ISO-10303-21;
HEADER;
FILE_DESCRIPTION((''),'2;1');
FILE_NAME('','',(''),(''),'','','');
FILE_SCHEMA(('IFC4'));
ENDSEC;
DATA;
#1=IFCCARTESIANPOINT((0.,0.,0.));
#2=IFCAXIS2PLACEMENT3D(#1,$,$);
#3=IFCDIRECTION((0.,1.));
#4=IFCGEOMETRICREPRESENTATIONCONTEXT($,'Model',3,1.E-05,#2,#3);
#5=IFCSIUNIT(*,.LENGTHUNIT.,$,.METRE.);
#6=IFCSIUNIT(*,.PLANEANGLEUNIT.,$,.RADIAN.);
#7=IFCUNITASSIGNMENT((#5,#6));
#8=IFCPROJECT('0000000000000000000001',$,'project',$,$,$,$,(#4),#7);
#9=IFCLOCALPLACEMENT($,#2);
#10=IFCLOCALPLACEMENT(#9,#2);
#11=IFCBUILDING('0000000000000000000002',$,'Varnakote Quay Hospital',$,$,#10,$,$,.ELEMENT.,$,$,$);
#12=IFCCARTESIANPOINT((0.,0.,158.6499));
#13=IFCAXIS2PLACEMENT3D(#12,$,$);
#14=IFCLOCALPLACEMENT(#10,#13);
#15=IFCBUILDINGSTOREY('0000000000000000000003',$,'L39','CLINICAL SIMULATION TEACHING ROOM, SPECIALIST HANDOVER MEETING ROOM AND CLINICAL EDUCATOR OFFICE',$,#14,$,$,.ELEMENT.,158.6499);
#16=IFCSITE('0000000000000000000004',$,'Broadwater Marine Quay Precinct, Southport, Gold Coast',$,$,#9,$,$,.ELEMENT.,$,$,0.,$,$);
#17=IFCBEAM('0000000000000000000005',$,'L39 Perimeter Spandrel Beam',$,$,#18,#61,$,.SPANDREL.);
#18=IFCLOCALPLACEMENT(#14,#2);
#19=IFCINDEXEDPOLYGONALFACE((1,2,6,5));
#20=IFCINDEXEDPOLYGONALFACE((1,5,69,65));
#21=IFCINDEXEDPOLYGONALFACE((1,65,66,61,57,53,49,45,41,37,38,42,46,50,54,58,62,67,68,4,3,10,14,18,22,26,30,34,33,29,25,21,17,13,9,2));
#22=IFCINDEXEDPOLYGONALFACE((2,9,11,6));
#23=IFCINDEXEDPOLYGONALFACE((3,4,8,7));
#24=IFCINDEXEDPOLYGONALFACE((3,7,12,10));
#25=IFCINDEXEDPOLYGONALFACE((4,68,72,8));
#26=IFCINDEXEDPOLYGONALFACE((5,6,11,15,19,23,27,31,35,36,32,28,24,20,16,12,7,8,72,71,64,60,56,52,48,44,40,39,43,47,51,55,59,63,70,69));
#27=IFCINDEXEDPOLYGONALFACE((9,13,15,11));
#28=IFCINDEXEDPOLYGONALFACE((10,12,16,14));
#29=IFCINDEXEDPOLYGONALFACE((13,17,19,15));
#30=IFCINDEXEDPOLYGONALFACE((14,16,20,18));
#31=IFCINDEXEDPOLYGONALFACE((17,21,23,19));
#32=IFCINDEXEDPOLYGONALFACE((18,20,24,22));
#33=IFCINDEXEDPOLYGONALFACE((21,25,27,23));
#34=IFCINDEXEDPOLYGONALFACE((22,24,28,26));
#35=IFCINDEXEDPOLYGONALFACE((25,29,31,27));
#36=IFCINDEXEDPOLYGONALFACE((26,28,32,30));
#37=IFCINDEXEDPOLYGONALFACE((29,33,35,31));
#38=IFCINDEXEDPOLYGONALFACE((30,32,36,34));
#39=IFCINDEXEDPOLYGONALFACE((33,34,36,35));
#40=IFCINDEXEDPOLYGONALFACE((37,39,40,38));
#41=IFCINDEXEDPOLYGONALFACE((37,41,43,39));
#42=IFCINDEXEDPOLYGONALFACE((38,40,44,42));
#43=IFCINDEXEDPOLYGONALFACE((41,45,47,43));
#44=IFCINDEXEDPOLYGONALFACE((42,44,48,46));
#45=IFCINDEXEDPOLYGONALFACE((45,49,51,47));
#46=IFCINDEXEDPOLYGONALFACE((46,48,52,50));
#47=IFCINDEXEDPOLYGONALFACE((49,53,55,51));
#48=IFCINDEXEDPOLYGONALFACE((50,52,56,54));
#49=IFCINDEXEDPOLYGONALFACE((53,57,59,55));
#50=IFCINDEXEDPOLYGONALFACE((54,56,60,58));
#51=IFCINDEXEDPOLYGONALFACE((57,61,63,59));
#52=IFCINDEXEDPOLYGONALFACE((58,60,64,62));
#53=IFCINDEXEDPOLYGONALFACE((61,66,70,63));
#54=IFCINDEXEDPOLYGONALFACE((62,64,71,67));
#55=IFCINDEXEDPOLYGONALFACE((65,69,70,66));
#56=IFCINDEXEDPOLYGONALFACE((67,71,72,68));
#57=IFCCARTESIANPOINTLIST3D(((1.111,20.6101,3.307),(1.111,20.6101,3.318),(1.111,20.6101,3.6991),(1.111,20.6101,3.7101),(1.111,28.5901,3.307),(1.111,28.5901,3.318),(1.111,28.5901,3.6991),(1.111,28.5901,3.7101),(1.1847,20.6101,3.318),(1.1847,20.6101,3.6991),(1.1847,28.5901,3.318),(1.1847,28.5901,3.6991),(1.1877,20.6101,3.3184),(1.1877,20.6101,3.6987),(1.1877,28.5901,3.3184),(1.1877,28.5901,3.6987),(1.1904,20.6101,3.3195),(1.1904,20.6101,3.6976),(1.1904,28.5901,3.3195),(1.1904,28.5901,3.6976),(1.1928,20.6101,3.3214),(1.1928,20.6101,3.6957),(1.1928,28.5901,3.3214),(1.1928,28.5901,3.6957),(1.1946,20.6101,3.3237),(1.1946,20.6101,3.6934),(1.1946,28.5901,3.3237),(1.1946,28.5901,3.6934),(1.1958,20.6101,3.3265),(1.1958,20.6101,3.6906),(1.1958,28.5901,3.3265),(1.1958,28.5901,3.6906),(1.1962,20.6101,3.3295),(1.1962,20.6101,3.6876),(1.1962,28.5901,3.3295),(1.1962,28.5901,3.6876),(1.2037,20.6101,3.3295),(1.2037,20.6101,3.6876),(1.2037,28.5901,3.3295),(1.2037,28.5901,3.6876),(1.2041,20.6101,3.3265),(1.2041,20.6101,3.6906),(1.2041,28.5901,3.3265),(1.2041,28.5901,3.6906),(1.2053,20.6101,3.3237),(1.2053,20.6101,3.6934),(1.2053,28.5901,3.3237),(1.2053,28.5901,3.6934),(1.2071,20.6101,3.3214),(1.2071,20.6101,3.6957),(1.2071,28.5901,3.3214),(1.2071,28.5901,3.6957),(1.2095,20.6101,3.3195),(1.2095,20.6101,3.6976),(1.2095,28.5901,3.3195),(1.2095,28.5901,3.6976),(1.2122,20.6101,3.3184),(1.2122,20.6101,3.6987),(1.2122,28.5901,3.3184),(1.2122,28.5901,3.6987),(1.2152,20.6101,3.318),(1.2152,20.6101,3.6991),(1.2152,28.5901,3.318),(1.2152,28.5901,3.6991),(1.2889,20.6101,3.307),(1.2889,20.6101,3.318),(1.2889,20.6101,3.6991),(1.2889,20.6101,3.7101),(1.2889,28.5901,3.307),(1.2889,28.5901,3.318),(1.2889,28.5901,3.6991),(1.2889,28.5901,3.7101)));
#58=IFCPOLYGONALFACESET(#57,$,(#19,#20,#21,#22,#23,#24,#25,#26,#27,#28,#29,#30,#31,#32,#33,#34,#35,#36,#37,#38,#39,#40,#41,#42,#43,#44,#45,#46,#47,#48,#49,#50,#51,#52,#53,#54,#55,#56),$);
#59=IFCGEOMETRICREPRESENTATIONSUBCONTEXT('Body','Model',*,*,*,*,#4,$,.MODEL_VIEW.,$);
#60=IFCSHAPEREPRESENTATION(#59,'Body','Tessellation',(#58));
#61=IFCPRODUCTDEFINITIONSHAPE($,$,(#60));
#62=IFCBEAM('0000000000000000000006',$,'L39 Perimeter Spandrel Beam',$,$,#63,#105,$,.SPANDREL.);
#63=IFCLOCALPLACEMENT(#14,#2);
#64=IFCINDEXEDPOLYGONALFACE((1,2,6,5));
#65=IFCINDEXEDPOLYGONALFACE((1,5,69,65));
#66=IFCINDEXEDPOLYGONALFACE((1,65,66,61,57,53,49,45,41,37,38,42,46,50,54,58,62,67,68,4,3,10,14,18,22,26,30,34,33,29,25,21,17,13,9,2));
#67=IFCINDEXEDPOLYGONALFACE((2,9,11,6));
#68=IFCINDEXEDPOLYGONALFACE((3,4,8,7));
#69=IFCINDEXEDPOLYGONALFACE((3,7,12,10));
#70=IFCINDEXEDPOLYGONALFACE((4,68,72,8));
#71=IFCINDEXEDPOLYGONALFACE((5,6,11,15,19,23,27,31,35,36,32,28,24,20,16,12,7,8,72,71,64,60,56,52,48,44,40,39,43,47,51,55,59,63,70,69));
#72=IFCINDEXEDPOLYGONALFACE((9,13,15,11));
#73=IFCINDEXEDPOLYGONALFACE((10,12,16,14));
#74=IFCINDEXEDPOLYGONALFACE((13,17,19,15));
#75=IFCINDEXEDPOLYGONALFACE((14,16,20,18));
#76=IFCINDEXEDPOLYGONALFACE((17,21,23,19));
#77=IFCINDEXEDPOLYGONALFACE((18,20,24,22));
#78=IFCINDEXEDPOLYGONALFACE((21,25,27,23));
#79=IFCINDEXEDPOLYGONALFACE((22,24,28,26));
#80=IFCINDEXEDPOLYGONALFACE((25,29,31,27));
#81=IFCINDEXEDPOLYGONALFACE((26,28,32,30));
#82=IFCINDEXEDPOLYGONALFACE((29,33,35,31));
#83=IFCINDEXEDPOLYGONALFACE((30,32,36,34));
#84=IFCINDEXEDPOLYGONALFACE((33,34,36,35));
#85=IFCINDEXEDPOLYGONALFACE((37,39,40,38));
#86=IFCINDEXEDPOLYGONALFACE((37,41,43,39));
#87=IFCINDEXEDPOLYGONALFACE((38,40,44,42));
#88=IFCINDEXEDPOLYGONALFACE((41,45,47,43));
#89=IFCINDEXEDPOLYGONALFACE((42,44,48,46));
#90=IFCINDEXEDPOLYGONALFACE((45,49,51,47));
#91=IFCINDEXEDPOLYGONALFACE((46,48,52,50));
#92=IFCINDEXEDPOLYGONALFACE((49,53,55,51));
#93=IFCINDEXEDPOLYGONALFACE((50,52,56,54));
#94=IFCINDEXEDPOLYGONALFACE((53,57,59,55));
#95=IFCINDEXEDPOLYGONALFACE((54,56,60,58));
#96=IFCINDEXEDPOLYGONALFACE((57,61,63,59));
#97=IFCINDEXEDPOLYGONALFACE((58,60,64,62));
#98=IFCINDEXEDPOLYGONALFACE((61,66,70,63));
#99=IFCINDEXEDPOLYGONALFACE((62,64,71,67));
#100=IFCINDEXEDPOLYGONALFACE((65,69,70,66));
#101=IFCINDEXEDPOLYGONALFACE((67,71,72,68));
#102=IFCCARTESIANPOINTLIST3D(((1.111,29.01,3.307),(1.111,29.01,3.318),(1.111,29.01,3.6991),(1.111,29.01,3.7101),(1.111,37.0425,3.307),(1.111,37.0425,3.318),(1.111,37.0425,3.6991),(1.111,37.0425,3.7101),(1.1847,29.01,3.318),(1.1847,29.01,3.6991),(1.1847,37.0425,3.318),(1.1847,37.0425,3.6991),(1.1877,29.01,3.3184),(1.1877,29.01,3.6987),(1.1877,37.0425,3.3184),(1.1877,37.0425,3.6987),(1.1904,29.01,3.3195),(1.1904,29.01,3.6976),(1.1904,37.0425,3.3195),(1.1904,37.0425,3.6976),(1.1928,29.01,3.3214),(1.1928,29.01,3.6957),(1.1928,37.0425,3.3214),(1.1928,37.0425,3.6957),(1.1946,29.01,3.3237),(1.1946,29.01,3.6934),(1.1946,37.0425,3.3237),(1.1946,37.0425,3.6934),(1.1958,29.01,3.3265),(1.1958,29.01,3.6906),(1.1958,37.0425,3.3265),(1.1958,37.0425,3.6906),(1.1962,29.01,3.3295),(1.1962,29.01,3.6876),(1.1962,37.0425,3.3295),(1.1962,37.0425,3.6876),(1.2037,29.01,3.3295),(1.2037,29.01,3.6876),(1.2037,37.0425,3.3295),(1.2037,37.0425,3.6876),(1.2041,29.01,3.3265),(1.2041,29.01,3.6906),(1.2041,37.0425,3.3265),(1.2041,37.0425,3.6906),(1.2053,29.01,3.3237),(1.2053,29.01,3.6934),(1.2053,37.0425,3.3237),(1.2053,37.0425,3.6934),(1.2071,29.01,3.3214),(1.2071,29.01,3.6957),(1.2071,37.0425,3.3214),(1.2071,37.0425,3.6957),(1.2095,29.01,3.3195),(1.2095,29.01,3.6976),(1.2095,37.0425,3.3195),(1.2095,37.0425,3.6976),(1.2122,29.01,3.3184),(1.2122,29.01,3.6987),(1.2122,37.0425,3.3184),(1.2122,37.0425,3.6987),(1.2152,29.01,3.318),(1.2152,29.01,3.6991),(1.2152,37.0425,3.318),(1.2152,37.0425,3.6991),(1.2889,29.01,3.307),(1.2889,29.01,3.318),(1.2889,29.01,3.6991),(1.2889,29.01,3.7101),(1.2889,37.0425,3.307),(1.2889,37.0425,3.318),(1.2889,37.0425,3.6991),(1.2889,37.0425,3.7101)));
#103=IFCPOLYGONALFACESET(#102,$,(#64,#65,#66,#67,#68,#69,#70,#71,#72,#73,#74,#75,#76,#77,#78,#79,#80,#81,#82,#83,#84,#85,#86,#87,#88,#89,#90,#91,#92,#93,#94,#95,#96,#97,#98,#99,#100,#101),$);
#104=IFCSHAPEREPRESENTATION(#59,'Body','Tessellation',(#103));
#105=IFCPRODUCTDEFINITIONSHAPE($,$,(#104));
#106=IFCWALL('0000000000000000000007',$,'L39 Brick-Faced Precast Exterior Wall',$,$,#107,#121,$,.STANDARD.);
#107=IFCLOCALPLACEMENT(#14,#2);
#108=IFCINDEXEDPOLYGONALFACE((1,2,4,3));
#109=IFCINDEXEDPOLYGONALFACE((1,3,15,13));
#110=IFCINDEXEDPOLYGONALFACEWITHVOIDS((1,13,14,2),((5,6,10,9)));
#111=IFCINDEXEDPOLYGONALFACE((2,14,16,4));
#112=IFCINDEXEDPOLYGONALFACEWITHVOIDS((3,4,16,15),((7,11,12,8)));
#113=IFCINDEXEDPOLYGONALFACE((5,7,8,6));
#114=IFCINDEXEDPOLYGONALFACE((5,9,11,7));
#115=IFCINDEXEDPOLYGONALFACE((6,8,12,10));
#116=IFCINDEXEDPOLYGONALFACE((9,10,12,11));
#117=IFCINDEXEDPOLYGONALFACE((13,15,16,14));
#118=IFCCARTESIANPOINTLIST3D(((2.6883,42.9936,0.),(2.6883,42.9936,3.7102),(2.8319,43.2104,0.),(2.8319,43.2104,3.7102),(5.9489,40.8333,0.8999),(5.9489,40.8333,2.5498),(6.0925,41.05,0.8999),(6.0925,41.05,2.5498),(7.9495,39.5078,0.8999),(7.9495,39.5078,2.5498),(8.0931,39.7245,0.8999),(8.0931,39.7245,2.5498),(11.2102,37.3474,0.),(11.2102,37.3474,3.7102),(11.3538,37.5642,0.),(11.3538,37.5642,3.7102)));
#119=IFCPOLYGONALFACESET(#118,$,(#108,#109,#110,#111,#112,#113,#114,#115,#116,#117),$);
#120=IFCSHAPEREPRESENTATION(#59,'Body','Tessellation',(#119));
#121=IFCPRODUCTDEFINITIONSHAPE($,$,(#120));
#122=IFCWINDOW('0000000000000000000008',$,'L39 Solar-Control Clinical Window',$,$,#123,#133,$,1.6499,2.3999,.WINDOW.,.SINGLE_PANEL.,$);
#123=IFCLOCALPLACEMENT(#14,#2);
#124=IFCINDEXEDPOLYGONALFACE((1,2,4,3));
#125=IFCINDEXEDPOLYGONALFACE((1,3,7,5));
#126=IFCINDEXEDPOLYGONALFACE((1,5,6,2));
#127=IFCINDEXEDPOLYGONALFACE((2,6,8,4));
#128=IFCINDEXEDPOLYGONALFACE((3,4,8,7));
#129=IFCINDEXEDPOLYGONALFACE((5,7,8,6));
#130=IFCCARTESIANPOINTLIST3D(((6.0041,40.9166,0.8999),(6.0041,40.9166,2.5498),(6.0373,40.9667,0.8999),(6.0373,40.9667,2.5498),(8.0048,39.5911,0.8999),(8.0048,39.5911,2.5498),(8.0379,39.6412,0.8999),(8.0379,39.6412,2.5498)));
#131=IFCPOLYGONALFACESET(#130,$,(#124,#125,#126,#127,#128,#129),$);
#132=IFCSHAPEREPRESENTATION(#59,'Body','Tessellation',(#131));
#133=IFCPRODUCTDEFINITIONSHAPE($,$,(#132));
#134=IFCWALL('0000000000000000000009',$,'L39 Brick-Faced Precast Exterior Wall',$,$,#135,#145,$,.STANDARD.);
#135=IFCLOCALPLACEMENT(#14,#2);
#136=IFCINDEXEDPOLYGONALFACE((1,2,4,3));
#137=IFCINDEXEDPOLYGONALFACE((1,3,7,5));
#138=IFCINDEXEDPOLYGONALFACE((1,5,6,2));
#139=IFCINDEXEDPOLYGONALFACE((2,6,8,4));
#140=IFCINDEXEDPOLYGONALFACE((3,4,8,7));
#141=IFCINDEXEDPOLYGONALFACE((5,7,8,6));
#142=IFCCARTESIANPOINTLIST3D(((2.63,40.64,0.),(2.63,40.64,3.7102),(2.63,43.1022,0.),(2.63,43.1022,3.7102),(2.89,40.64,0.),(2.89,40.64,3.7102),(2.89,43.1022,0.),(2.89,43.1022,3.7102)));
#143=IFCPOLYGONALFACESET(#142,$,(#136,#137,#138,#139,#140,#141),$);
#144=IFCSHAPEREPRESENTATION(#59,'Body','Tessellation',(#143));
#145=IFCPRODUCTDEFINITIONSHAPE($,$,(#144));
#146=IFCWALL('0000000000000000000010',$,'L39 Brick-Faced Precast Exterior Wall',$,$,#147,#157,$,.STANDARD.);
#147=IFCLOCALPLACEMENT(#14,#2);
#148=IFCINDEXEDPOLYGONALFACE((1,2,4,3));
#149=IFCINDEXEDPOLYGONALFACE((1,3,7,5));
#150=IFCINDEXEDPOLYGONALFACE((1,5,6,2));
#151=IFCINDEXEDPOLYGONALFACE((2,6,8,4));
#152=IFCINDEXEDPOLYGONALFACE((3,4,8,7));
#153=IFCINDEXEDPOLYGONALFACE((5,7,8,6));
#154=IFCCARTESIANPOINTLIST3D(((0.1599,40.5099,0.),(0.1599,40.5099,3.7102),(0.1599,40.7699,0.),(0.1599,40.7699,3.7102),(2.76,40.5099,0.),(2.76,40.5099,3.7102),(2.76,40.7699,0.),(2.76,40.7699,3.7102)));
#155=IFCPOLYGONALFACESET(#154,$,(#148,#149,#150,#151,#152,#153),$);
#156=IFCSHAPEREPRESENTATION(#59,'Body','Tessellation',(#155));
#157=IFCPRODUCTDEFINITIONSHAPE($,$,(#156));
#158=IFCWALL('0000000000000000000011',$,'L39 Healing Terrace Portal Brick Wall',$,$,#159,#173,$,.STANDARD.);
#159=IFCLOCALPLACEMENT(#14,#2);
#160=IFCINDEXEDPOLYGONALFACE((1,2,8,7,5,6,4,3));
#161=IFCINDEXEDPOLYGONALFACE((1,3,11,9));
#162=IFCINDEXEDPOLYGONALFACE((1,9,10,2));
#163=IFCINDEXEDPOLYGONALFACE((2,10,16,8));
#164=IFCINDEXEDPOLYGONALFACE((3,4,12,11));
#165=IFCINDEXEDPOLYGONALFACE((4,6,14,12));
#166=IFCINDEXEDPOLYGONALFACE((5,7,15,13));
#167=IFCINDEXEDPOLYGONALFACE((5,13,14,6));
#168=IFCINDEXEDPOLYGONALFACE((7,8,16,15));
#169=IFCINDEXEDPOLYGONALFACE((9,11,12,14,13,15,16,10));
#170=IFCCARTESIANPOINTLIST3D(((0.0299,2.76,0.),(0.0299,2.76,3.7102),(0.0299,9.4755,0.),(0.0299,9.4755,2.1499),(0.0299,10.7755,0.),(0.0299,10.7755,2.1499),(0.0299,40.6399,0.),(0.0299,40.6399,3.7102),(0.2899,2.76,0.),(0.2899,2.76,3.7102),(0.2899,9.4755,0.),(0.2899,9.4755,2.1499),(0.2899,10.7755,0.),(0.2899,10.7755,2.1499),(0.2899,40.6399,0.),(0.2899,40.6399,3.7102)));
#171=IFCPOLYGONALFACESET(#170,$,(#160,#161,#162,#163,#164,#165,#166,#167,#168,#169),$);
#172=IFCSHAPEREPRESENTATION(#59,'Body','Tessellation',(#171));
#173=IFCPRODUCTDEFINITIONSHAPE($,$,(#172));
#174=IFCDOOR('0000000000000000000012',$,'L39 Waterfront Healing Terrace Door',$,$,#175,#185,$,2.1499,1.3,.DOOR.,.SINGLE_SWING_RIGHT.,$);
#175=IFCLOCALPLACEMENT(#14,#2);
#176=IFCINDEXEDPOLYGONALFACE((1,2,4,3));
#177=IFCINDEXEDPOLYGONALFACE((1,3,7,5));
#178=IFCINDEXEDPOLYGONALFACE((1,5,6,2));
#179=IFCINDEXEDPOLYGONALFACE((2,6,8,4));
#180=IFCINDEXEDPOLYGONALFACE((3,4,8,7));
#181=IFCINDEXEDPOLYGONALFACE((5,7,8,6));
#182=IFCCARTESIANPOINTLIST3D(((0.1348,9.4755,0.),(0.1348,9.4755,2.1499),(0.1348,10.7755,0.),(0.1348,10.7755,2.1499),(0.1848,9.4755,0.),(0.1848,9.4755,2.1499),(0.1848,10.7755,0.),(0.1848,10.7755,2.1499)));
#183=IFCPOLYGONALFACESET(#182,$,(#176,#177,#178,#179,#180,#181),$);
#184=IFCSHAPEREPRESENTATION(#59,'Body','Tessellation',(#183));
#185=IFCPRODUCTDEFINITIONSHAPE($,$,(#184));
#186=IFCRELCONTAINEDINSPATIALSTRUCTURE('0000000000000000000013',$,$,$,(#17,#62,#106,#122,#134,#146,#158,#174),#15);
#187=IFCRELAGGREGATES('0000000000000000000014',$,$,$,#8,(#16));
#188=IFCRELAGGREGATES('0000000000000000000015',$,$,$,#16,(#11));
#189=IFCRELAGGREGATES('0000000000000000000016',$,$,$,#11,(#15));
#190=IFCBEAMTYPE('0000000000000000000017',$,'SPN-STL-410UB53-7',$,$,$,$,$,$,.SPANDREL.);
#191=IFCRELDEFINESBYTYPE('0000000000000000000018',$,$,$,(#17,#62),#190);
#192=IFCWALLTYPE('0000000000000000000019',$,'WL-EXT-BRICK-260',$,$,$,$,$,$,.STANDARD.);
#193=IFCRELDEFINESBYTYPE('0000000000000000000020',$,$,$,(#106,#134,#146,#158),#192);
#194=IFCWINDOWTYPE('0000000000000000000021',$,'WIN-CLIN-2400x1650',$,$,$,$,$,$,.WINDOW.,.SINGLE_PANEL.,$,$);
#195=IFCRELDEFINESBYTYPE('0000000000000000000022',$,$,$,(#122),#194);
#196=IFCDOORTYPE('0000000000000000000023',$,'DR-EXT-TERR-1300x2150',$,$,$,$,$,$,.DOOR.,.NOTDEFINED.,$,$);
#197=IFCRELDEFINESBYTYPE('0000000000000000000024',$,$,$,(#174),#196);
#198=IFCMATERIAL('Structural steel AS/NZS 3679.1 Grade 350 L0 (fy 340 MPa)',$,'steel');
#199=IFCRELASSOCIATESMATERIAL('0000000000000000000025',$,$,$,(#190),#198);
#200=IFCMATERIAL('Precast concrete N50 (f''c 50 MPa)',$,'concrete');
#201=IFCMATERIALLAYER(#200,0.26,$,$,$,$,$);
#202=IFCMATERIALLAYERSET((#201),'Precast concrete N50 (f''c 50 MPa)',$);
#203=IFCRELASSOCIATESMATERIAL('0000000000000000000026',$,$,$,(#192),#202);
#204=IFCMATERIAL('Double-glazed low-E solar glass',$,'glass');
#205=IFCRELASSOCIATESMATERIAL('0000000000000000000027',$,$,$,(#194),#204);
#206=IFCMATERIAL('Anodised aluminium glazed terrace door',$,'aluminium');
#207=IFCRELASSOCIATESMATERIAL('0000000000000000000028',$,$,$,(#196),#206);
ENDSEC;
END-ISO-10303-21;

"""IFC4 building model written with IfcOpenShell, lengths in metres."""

from ifc_helpers import new_model, si_unit, direction, frame, frame_2d, origin, origin_2d, place, context, subcontext, project, spatial, rectangle, i_section, extrude, material, layer, layer_set, material_profile, profile_set, type_object, element, fill, save


model = new_model("IFC4")

# Units and contexts
model_context = context("Model", 3, precision=1e-05, world=origin(), true_north=direction((0.0, 1.0)))
body_context = subcontext(model_context, "Body", "Model", "MODEL_VIEW")
ifc_project = project(units=[si_unit("LENGTHUNIT", "METRE"), si_unit("PLANEANGLEUNIT", "RADIAN")], contexts=[model_context])

# Site, building, storey
site_placement = place(None, origin())
site = spatial("IfcSite", under=ifc_project, at=site_placement, Name="Broadwater Marine Quay Precinct, Southport, Gold Coast", CompositionType="ELEMENT", RefElevation=0.0)
building_placement = place(site_placement, origin())
building = spatial("IfcBuilding", under=site, at=building_placement, Name="Varnakote Quay Hospital", CompositionType="ELEMENT")
storey_placement = place(building_placement, frame((0.0, 0.0, 158.6499)))
storey = spatial("IfcBuildingStorey", under=building, at=storey_placement, Name="L39", Description="CLINICAL SIMULATION TEACHING ROOM, SPECIALIST HANDOVER MEETING ROOM AND CLINICAL EDUCATOR OFFICE", CompositionType="ELEMENT", Elevation=158.6499)

# Beams
ifc_material_1 = material(Name="Structural steel AS/NZS 3679.1 Grade 350 L0 (fy 340 MPa)", Category="steel")
ifc_material_profile_1 = material_profile(ifc_material_1, i_section(OverallWidth=0.178, OverallDepth=0.4031, WebThickness=0.0076, FlangeThickness=0.011, FilletRadius=0.0115, at=origin_2d()), Name="410UB53.7")
ifc_profile_set_1 = profile_set([ifc_material_profile_1], Name="Structural steel AS/NZS 3679.1 Grade 350 L0 (fy 340 MPa)")
beam_type_1 = type_object("IfcBeamType", Name="SPN-STL-410UB53-7", PredefinedType="SPANDREL", material=ifc_profile_set_1)
beam_1_placement = place(storey_placement, frame((1.2, 20.6101, 3.5085), z_axis=(0.0, 1.0, 0.0), x_axis=(-1.0, 0.0, 0.0)))
element("IfcBeam", 1, at=beam_1_placement, inside=storey, type_object=beam_type_1, Name="L39 Perimeter Spandrel Beam", PredefinedType="SPANDREL", context=body_context, shape_type="SweptSolid", body=[
    extrude(i_section(OverallWidth=0.178, OverallDepth=0.4031, WebThickness=0.0076, FlangeThickness=0.011, FilletRadius=0.0115, at=origin_2d()), origin(), (0.0, 0.0, 1.0), 7.98),
])
beam_2_placement = place(storey_placement, frame((1.2, 29.01, 3.5085), z_axis=(0.0, 1.0, 0.0), x_axis=(-1.0, 0.0, 0.0)))
element("IfcBeam", 2, at=beam_2_placement, inside=storey, type_object=beam_type_1, Name="L39 Perimeter Spandrel Beam", PredefinedType="SPANDREL", context=body_context, shape_type="SweptSolid", body=[
    extrude(i_section(OverallWidth=0.178, OverallDepth=0.4031, WebThickness=0.0076, FlangeThickness=0.011, FilletRadius=0.0115, at=origin_2d()), origin(), (0.0, 0.0, 1.0), 8.0325),
])

# Wall, opening, window
ifc_material_2 = material(Name="Precast concrete N50 (f'c 50 MPa)", Category="concrete")
ifc_layer_1 = layer(ifc_material_2, 0.26)
ifc_layer_set_1 = layer_set([ifc_layer_1], Name="Precast concrete N50 (f'c 50 MPa)")
wall_type_1 = type_object("IfcWallType", Name="WL-EXT-BRICK-260", PredefinedType="STANDARD", material=ifc_layer_set_1)
wall_1_placement = place(storey_placement, frame((11.282, 37.4558, 0.0), z_axis=(0.0, 0.0, 1.0), x_axis=(-0.83363, 0.552323, 0.0)))
wall_1 = element("IfcWall", 3, at=wall_1_placement, inside=storey, type_object=wall_type_1, Name="L39 Brick-Faced Precast Exterior Wall", PredefinedType="STANDARD", context=body_context, shape_type="SweptSolid", body=[
    extrude(rectangle(XDim=10.2227, YDim=0.26, at=frame_2d((5.1113, 0.0))), origin(), (0.0, 0.0, 1.0), 3.7102),
])
opening_1_placement = place(wall_1_placement, frame((3.9114, 0.0, 0.8999)))
opening_1 = element("IfcOpeningElement", 4, at=opening_1_placement, cuts=wall_1, PredefinedType="OPENING", context=body_context, shape_type="SweptSolid", body=[
    extrude(rectangle(XDim=2.3999, YDim=1.6499, at=frame_2d((1.2, 0.825))), frame((0.0, 0.1399, 0.0), z_axis=(0.0, -1.0, 0.0), x_axis=(1.0, 0.0, 0.0)), (0.0, 0.0, 1.0), 0.28),
])
ifc_material_3 = material(Name="Double-glazed low-E solar glass", Category="glass")
window_type = type_object("IfcWindowType", Name="WIN-CLIN-2400x1650", PartitioningType="SINGLE_PANEL", PredefinedType="WINDOW", material=ifc_material_3)
window_placement = place(opening_1_placement, origin())
window = element("IfcWindow", 5, at=window_placement, inside=storey, type_object=window_type, Name="L39 Solar-Control Clinical Window", OverallHeight=1.6499, OverallWidth=2.3999, PartitioningType="SINGLE_PANEL", PredefinedType="WINDOW", context=body_context, shape_type="SweptSolid", body=[
    extrude(rectangle(XDim=2.3999, YDim=1.6499, at=frame_2d((1.2, 0.825))), frame((0.0, 0.03, 0.0), z_axis=(0.0, -1.0, 0.0), x_axis=(1.0, 0.0, 0.0)), (0.0, 0.0, 1.0), 0.0601),
])
fill(opening_1, window)

# Walls
wall_2_placement = place(storey_placement, frame((2.76, 43.1021, 0.0), z_axis=(0.0, 0.0, 1.0), x_axis=(0.0, -1.0, 0.0)))
element("IfcWall", 6, at=wall_2_placement, inside=storey, type_object=wall_type_1, Name="L39 Brick-Faced Precast Exterior Wall", PredefinedType="STANDARD", context=body_context, shape_type="SweptSolid", body=[
    extrude(rectangle(XDim=2.4622, YDim=0.26, at=frame_2d((1.231, 0.0))), origin(), (0.0, 0.0, 1.0), 3.7102),
])
wall_3_placement = place(storey_placement, frame((2.76, 40.6399, 0.0), z_axis=(0.0, 0.0, 1.0), x_axis=(-1.0, 0.0, 0.0)))
element("IfcWall", 7, at=wall_3_placement, inside=storey, type_object=wall_type_1, Name="L39 Brick-Faced Precast Exterior Wall", PredefinedType="STANDARD", context=body_context, shape_type="SweptSolid", body=[
    extrude(rectangle(XDim=2.6001, YDim=0.26, at=frame_2d((1.3, 0.0))), origin(), (0.0, 0.0, 1.0), 3.7102),
])

# Wall, opening, door
wall_4_placement = place(storey_placement, frame((0.1599, 40.6399, 0.0), z_axis=(0.0, 0.0, 1.0), x_axis=(0.0, -1.0, 0.0)))
wall_4 = element("IfcWall", 8, at=wall_4_placement, inside=storey, type_object=wall_type_1, Name="L39 Healing Terrace Portal Brick Wall", PredefinedType="STANDARD", context=body_context, shape_type="SweptSolid", body=[
    extrude(rectangle(XDim=37.8799, YDim=0.26, at=frame_2d((18.9399, 0.0))), origin(), (0.0, 0.0, 1.0), 3.7102),
])
opening_2_placement = place(wall_4_placement, frame((29.8645, 0.0, 0.0)))
opening_2 = element("IfcOpeningElement", 9, at=opening_2_placement, cuts=wall_4, PredefinedType="OPENING", context=body_context, shape_type="SweptSolid", body=[
    extrude(rectangle(XDim=1.3, YDim=2.1499, at=frame_2d((0.6499, 1.075))), frame((0.0, 0.1399, 0.0), z_axis=(0.0, -1.0, 0.0), x_axis=(1.0, 0.0, 0.0)), (0.0, 0.0, 1.0), 0.28),
])
ifc_material_4 = material(Name="Anodised aluminium glazed terrace door", Category="aluminium")
door_type_1 = type_object("IfcDoorType", Name="DR-EXT-TERR-1300x2150", OperationType="NOTDEFINED", PredefinedType="DOOR", material=ifc_material_4)
door_1_placement = place(opening_2_placement, origin())
door_1 = element("IfcDoor", 10, at=door_1_placement, inside=storey, type_object=door_type_1, Name="L39 Waterfront Healing Terrace Door", OperationType="SINGLE_SWING_RIGHT", OverallHeight=2.1499, OverallWidth=1.3, PredefinedType="DOOR", context=body_context, shape_type="SweptSolid", body=[
    extrude(rectangle(XDim=1.3, YDim=2.1499, at=frame_2d((0.6499, 1.075))), frame((0.0, 0.0249, 0.0), z_axis=(0.0, -1.0, 0.0), x_axis=(1.0, 0.0, 0.0)), (0.0, 0.0, 1.0), 0.05),
])
fill(opening_2, door_1)

save(model, "model.ifc")
